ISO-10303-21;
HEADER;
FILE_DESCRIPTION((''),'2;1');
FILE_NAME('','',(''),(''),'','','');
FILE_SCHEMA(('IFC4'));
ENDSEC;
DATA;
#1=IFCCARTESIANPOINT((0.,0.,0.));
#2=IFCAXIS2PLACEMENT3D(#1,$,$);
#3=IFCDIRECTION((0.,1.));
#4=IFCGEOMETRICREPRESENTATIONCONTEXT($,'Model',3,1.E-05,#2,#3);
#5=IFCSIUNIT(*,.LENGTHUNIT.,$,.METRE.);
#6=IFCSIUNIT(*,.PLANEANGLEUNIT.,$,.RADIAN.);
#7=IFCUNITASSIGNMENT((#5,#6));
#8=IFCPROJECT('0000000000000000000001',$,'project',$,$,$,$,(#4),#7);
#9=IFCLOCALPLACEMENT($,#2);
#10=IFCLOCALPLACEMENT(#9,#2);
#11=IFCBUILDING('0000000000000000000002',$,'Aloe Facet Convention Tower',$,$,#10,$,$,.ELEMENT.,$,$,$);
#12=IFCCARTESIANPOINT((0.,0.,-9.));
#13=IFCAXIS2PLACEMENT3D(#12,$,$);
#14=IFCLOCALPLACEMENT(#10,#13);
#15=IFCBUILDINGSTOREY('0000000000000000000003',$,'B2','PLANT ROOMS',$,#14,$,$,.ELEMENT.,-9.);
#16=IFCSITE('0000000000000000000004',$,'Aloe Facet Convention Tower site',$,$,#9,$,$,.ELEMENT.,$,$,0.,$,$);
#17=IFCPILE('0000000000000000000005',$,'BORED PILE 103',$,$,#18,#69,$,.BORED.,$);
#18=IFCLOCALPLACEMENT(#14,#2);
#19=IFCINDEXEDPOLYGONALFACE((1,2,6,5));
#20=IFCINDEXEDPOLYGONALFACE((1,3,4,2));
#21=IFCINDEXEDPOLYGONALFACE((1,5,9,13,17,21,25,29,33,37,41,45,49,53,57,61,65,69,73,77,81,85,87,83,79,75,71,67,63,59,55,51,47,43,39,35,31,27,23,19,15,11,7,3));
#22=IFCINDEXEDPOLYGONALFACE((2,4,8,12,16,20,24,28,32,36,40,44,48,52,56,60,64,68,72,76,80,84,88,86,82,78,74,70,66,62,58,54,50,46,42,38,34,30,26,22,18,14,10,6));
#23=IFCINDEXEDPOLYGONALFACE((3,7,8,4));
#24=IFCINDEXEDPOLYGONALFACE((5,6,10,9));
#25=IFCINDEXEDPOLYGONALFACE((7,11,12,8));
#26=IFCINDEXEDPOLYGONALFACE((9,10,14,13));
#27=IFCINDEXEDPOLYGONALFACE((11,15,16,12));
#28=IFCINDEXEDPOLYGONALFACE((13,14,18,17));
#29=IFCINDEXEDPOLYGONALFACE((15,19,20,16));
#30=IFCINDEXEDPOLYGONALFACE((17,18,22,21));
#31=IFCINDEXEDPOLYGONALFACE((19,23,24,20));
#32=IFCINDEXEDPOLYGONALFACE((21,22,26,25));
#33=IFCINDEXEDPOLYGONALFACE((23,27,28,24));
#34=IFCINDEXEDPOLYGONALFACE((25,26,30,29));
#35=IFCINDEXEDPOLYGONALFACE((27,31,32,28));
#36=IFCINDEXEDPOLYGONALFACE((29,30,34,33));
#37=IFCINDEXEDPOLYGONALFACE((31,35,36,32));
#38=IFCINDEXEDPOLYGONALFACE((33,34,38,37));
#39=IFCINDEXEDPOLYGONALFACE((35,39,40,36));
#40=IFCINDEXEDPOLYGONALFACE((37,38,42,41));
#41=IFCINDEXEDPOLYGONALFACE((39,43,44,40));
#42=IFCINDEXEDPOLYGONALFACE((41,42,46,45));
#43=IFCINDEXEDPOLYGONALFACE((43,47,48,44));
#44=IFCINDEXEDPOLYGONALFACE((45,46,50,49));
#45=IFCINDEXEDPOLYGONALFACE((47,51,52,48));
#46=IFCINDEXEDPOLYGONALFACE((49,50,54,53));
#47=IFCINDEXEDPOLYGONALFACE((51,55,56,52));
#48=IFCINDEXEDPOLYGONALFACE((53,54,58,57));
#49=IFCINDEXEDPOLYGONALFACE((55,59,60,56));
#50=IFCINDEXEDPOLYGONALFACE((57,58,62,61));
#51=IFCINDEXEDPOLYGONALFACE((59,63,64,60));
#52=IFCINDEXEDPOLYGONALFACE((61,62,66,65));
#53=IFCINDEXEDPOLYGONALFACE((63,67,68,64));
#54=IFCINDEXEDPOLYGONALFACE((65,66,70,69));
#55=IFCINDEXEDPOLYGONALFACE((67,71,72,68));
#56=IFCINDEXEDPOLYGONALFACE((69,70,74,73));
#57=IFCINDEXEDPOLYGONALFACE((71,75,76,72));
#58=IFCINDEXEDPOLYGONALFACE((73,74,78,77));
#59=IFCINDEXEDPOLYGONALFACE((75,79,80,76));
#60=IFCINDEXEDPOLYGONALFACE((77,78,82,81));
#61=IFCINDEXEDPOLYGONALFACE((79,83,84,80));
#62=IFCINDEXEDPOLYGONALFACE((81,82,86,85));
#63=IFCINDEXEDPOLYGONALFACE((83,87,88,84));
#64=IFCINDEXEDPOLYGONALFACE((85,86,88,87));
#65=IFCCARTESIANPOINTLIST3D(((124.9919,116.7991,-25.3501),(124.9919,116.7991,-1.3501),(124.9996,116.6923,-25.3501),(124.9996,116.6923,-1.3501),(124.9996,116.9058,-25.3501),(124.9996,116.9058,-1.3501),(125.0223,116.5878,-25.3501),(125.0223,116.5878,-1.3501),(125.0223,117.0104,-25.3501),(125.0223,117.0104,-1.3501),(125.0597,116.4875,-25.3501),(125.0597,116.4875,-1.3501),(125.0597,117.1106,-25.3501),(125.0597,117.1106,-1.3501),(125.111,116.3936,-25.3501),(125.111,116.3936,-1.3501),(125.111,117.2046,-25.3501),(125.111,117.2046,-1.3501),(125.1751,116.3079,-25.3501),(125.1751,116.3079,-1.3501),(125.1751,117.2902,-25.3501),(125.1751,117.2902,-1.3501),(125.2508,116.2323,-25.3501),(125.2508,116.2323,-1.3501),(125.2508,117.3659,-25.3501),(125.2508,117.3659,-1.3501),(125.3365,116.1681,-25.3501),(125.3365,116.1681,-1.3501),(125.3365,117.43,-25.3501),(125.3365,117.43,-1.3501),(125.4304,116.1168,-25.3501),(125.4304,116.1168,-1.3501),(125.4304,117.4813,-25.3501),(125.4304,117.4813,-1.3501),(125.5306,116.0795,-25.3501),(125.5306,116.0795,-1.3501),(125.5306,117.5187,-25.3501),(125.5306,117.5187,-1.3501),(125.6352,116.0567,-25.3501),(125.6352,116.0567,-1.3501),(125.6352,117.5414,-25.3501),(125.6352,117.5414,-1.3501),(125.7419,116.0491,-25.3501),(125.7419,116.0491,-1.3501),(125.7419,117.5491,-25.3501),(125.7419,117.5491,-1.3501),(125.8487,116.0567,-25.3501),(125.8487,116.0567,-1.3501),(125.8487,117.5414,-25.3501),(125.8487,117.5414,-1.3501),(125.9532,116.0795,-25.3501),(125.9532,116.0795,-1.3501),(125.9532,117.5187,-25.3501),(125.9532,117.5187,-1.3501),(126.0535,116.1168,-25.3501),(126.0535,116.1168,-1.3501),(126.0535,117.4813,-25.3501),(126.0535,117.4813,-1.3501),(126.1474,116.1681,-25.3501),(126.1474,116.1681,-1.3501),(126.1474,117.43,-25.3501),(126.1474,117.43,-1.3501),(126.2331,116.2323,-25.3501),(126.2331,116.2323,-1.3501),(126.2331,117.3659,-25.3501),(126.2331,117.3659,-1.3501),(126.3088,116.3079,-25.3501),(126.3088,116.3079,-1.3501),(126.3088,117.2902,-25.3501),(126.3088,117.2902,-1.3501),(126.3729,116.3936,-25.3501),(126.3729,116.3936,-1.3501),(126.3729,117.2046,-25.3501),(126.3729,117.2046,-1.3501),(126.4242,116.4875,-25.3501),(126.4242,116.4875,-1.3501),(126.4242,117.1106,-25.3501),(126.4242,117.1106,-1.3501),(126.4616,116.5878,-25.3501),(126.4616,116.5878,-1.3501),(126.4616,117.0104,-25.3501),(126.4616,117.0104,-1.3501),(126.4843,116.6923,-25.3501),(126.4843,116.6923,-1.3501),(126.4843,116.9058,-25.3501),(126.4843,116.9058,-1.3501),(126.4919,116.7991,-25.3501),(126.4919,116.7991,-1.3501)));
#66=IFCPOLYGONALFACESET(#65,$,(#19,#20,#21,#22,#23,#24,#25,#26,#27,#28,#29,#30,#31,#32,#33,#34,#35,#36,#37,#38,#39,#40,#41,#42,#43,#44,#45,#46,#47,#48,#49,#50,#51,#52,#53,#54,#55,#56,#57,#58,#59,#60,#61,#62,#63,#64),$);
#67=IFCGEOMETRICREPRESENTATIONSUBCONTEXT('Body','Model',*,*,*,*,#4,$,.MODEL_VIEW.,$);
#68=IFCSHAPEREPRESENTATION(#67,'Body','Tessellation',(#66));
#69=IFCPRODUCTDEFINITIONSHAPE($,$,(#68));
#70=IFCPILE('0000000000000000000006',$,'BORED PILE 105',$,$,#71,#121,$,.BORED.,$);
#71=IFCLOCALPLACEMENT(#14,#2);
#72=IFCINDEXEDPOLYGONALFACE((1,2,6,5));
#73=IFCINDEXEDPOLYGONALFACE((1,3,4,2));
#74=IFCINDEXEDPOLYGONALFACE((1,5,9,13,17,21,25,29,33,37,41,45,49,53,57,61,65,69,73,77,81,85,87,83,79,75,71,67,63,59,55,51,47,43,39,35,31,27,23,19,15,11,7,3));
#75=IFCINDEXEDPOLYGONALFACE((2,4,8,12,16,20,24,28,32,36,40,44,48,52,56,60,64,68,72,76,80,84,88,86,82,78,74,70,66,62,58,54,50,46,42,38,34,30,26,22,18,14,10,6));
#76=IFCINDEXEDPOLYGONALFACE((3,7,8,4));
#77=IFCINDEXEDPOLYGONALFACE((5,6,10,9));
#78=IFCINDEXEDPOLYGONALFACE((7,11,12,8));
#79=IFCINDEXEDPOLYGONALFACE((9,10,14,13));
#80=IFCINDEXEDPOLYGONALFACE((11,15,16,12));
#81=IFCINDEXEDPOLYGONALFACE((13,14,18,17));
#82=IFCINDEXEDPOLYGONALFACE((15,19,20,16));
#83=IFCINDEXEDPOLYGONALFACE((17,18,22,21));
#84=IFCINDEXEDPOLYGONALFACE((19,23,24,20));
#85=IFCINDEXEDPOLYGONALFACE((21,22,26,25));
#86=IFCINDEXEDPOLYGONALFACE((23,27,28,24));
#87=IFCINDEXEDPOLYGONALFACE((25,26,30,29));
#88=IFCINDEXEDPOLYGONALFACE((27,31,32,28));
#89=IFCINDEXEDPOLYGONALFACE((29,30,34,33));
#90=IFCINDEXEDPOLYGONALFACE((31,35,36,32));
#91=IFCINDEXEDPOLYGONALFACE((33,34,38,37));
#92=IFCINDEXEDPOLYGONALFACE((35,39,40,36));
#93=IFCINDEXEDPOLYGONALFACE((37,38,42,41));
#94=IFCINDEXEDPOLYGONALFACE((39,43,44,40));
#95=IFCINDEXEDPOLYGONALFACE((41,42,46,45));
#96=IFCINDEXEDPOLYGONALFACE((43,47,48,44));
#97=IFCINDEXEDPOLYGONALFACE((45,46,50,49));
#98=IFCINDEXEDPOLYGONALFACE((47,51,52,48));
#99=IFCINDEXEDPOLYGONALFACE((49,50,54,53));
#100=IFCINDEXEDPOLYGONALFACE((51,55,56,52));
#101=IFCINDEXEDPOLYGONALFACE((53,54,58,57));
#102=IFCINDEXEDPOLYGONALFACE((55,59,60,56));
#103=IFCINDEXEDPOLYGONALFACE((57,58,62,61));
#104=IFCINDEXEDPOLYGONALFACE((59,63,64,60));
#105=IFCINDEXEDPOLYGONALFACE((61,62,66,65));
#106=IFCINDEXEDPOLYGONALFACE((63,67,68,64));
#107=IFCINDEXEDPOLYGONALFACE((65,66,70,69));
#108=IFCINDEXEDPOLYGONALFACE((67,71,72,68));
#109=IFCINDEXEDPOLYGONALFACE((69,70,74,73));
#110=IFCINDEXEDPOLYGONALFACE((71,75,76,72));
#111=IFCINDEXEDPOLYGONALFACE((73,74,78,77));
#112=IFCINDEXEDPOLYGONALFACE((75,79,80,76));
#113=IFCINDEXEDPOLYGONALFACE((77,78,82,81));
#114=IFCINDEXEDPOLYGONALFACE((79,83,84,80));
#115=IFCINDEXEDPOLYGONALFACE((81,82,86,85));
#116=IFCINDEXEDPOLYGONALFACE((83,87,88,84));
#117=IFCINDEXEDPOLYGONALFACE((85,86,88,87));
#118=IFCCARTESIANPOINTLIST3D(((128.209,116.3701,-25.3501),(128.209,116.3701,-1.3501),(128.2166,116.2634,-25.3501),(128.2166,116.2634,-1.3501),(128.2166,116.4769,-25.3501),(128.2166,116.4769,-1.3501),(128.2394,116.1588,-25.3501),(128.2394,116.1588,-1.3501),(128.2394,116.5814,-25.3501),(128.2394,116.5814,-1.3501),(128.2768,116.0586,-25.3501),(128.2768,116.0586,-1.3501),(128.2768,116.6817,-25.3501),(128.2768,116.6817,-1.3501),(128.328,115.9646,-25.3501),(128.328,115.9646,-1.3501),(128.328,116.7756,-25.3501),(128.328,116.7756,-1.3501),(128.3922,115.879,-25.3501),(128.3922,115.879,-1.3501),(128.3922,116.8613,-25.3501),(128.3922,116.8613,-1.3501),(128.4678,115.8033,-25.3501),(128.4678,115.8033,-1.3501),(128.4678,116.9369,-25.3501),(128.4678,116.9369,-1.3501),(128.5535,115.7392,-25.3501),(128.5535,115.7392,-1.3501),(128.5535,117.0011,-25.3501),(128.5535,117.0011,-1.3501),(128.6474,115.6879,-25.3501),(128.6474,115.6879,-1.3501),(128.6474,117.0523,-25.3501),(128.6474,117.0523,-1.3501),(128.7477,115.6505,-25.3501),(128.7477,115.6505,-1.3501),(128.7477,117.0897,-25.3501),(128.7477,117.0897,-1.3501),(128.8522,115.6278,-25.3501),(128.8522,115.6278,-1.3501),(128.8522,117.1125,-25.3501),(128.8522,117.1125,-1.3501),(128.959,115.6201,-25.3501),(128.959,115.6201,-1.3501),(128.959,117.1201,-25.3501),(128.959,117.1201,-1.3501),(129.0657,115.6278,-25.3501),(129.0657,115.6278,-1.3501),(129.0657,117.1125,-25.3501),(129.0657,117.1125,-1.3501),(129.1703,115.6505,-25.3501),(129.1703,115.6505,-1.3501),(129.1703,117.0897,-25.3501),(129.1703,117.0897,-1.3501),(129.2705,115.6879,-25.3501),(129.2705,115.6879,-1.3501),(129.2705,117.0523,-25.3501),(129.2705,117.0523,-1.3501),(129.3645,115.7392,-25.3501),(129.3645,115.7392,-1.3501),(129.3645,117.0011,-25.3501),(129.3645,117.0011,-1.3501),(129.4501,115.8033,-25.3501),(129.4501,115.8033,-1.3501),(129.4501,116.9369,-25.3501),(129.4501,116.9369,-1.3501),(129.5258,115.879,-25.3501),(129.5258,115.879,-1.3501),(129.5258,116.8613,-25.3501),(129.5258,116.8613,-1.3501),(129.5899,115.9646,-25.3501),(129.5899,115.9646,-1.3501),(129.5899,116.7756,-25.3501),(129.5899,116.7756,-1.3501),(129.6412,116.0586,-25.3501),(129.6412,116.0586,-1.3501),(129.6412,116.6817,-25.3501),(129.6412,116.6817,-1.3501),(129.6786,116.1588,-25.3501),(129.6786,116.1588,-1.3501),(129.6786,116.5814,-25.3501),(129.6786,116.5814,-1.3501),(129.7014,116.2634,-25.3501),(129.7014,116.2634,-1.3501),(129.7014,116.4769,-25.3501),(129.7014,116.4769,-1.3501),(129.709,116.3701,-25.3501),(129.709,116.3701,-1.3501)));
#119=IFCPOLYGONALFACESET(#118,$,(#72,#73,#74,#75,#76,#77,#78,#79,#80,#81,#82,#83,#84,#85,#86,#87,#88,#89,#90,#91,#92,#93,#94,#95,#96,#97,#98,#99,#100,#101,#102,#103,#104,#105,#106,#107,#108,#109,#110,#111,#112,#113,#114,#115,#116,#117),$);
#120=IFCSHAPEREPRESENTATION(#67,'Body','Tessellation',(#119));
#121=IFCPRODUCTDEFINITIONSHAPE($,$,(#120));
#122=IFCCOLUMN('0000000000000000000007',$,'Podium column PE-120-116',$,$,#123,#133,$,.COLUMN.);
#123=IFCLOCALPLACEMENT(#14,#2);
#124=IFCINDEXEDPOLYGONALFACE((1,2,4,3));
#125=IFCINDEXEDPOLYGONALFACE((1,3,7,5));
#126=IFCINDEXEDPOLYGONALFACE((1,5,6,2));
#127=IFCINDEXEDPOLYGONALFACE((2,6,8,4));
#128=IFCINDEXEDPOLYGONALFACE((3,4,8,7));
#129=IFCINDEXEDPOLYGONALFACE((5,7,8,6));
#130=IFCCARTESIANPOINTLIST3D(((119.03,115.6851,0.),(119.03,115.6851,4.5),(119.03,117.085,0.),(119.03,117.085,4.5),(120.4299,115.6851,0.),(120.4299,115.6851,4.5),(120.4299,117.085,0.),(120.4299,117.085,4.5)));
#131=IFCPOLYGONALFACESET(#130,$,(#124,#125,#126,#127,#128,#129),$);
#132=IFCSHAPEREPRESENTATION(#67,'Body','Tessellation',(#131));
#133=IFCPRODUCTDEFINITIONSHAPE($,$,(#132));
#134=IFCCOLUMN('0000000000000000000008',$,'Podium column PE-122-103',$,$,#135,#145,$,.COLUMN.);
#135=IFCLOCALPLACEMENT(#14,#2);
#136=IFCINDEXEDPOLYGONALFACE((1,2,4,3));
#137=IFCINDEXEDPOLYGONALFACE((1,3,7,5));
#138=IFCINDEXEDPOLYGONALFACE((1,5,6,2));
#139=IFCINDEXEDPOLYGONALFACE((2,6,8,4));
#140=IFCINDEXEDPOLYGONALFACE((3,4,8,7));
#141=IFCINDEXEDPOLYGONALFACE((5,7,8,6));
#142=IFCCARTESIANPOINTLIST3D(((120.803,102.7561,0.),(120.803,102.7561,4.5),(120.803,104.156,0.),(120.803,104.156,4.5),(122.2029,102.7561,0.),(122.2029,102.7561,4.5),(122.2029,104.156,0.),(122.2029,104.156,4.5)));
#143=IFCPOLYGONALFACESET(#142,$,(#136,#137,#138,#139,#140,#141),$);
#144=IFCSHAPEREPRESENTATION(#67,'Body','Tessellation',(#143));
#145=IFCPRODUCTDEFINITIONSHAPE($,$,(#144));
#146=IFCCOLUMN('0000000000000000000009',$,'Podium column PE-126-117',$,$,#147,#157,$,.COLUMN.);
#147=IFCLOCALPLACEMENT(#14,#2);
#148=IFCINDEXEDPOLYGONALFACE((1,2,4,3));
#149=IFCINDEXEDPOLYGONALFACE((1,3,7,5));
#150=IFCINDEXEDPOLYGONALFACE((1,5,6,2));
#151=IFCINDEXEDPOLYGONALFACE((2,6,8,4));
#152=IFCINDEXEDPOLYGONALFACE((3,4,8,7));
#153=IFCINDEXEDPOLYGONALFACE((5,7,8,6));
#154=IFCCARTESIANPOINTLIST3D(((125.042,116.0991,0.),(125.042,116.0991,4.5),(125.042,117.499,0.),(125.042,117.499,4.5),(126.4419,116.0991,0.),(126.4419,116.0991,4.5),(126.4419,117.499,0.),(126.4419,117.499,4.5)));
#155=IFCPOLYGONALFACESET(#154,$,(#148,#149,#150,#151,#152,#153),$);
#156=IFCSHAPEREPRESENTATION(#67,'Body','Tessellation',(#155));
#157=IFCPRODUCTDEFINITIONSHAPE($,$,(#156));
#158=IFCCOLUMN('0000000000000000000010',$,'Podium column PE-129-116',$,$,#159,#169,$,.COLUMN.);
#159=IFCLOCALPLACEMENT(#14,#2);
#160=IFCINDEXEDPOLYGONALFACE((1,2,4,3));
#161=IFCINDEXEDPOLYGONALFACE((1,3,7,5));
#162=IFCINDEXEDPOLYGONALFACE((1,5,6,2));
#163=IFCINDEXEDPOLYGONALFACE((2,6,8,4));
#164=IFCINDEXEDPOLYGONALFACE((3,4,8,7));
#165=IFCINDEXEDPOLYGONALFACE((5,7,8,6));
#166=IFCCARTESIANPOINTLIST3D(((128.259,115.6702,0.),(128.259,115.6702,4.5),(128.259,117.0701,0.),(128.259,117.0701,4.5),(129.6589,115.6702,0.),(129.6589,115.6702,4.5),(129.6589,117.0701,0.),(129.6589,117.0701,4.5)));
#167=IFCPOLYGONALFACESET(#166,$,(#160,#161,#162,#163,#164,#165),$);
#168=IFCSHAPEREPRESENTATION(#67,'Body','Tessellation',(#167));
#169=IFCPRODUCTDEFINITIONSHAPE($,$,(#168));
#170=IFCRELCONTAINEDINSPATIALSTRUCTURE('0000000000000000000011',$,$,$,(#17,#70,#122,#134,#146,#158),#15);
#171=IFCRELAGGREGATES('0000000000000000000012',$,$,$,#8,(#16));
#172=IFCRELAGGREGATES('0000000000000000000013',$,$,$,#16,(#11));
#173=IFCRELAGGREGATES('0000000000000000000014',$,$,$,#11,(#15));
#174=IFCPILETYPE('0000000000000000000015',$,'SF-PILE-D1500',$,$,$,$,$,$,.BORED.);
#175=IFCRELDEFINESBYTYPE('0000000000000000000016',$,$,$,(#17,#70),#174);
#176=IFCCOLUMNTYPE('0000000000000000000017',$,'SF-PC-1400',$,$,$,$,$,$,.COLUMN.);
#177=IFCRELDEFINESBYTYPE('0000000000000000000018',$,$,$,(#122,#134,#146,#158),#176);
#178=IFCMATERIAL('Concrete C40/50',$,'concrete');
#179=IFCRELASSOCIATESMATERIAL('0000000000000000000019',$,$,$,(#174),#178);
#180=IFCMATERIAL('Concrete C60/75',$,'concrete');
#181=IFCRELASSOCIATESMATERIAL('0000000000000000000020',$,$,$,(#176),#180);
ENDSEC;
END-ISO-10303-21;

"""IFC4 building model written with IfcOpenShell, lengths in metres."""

from ifc_helpers import new_model, si_unit, direction, frame, origin, origin_2d, place, context, subcontext, project, spatial, rectangle, circle, extrude, material, material_profile, profile_set, type_object, element, save


model = new_model("IFC4")

# Units and contexts
model_context = context("Model", 3, precision=1e-05, world=origin(), true_north=direction((0.0, 1.0)))
body_context = subcontext(model_context, "Body", "Model", "MODEL_VIEW")
ifc_project = project(units=[si_unit("LENGTHUNIT", "METRE"), si_unit("PLANEANGLEUNIT", "RADIAN")], contexts=[model_context])

# Site, building, storey
site_placement = place(None, origin())
site = spatial("IfcSite", under=ifc_project, at=site_placement, Name="Aloe Facet Convention Tower site", CompositionType="ELEMENT", RefElevation=0.0)
building_placement = place(site_placement, origin())
building = spatial("IfcBuilding", under=site, at=building_placement, Name="Aloe Facet Convention Tower", CompositionType="ELEMENT")
storey_placement = place(building_placement, frame((0.0, 0.0, -9.0)))
storey = spatial("IfcBuildingStorey", under=building, at=storey_placement, Name="B2", Description="PLANT ROOMS", CompositionType="ELEMENT", Elevation=-9.0)

# Piles
ifc_material_1 = material(Name="Concrete C40/50", Category="concrete")
ifc_material_profile_1 = material_profile(ifc_material_1, circle(Radius=0.75, at=origin_2d()), Name="D1500")
ifc_profile_set_1 = profile_set([ifc_material_profile_1], Name="Concrete C40/50")
pile_type = type_object("IfcPileType", Name="SF-PILE-D1500", PredefinedType="BORED", material=ifc_profile_set_1)
for number, where, z_axis, x_axis, name in (
    (1, (125.7419, 116.7991, -1.3501), (0.0, 0.0, -1.0), (1.0, 0.0, 0.0), "BORED PILE 103"),
    (2, (128.959, 116.3701, -1.3501), (0.0, 0.0, -1.0), (1.0, 0.0, 0.0), "BORED PILE 105"),
):
    element("IfcPile", number, at=place(storey_placement, frame(where, z_axis=z_axis, x_axis=x_axis)), inside=storey, type_object=pile_type, Name=name, PredefinedType="BORED", context=body_context, shape_type="SweptSolid", body=[
        extrude(circle(Radius=0.75, at=origin_2d()), origin(), (0.0, 0.0, 1.0), 24.0),
    ])

# Columns
ifc_material_2 = material(Name="Concrete C60/75", Category="concrete")
ifc_material_profile_2 = material_profile(ifc_material_2, rectangle(XDim=1.3999, YDim=1.3999, at=origin_2d()), Name="SF-PC-1400")
ifc_profile_set_2 = profile_set([ifc_material_profile_2], Name="Concrete C60/75")
column_type = type_object("IfcColumnType", Name="SF-PC-1400", PredefinedType="COLUMN", material=ifc_profile_set_2)
for number, where, z_axis, x_axis, name in (
    (3, (119.73, 116.385, 0.0), (0.0, 0.0, 1.0), (1.0, 0.0, 0.0), "Podium column PE-120-116"),
    (4, (121.5029, 103.4561, 0.0), (0.0, 0.0, 1.0), (1.0, 0.0, 0.0), "Podium column PE-122-103"),
    (5, (125.7419, 116.7991, 0.0), (0.0, 0.0, 1.0), (1.0, 0.0, 0.0), "Podium column PE-126-117"),
    (6, (128.959, 116.3701, 0.0), (0.0, 0.0, 1.0), (1.0, 0.0, 0.0), "Podium column PE-129-116"),
):
    element("IfcColumn", number, at=place(storey_placement, frame(where, z_axis=z_axis, x_axis=x_axis)), inside=storey, type_object=column_type, Name=name, PredefinedType="COLUMN", context=body_context, shape_type="SweptSolid", body=[
        extrude(rectangle(XDim=1.3999, YDim=1.3999, at=origin_2d()), origin(), (0.0, 0.0, 1.0), 4.5),
    ])

save(model, "model.ifc")
